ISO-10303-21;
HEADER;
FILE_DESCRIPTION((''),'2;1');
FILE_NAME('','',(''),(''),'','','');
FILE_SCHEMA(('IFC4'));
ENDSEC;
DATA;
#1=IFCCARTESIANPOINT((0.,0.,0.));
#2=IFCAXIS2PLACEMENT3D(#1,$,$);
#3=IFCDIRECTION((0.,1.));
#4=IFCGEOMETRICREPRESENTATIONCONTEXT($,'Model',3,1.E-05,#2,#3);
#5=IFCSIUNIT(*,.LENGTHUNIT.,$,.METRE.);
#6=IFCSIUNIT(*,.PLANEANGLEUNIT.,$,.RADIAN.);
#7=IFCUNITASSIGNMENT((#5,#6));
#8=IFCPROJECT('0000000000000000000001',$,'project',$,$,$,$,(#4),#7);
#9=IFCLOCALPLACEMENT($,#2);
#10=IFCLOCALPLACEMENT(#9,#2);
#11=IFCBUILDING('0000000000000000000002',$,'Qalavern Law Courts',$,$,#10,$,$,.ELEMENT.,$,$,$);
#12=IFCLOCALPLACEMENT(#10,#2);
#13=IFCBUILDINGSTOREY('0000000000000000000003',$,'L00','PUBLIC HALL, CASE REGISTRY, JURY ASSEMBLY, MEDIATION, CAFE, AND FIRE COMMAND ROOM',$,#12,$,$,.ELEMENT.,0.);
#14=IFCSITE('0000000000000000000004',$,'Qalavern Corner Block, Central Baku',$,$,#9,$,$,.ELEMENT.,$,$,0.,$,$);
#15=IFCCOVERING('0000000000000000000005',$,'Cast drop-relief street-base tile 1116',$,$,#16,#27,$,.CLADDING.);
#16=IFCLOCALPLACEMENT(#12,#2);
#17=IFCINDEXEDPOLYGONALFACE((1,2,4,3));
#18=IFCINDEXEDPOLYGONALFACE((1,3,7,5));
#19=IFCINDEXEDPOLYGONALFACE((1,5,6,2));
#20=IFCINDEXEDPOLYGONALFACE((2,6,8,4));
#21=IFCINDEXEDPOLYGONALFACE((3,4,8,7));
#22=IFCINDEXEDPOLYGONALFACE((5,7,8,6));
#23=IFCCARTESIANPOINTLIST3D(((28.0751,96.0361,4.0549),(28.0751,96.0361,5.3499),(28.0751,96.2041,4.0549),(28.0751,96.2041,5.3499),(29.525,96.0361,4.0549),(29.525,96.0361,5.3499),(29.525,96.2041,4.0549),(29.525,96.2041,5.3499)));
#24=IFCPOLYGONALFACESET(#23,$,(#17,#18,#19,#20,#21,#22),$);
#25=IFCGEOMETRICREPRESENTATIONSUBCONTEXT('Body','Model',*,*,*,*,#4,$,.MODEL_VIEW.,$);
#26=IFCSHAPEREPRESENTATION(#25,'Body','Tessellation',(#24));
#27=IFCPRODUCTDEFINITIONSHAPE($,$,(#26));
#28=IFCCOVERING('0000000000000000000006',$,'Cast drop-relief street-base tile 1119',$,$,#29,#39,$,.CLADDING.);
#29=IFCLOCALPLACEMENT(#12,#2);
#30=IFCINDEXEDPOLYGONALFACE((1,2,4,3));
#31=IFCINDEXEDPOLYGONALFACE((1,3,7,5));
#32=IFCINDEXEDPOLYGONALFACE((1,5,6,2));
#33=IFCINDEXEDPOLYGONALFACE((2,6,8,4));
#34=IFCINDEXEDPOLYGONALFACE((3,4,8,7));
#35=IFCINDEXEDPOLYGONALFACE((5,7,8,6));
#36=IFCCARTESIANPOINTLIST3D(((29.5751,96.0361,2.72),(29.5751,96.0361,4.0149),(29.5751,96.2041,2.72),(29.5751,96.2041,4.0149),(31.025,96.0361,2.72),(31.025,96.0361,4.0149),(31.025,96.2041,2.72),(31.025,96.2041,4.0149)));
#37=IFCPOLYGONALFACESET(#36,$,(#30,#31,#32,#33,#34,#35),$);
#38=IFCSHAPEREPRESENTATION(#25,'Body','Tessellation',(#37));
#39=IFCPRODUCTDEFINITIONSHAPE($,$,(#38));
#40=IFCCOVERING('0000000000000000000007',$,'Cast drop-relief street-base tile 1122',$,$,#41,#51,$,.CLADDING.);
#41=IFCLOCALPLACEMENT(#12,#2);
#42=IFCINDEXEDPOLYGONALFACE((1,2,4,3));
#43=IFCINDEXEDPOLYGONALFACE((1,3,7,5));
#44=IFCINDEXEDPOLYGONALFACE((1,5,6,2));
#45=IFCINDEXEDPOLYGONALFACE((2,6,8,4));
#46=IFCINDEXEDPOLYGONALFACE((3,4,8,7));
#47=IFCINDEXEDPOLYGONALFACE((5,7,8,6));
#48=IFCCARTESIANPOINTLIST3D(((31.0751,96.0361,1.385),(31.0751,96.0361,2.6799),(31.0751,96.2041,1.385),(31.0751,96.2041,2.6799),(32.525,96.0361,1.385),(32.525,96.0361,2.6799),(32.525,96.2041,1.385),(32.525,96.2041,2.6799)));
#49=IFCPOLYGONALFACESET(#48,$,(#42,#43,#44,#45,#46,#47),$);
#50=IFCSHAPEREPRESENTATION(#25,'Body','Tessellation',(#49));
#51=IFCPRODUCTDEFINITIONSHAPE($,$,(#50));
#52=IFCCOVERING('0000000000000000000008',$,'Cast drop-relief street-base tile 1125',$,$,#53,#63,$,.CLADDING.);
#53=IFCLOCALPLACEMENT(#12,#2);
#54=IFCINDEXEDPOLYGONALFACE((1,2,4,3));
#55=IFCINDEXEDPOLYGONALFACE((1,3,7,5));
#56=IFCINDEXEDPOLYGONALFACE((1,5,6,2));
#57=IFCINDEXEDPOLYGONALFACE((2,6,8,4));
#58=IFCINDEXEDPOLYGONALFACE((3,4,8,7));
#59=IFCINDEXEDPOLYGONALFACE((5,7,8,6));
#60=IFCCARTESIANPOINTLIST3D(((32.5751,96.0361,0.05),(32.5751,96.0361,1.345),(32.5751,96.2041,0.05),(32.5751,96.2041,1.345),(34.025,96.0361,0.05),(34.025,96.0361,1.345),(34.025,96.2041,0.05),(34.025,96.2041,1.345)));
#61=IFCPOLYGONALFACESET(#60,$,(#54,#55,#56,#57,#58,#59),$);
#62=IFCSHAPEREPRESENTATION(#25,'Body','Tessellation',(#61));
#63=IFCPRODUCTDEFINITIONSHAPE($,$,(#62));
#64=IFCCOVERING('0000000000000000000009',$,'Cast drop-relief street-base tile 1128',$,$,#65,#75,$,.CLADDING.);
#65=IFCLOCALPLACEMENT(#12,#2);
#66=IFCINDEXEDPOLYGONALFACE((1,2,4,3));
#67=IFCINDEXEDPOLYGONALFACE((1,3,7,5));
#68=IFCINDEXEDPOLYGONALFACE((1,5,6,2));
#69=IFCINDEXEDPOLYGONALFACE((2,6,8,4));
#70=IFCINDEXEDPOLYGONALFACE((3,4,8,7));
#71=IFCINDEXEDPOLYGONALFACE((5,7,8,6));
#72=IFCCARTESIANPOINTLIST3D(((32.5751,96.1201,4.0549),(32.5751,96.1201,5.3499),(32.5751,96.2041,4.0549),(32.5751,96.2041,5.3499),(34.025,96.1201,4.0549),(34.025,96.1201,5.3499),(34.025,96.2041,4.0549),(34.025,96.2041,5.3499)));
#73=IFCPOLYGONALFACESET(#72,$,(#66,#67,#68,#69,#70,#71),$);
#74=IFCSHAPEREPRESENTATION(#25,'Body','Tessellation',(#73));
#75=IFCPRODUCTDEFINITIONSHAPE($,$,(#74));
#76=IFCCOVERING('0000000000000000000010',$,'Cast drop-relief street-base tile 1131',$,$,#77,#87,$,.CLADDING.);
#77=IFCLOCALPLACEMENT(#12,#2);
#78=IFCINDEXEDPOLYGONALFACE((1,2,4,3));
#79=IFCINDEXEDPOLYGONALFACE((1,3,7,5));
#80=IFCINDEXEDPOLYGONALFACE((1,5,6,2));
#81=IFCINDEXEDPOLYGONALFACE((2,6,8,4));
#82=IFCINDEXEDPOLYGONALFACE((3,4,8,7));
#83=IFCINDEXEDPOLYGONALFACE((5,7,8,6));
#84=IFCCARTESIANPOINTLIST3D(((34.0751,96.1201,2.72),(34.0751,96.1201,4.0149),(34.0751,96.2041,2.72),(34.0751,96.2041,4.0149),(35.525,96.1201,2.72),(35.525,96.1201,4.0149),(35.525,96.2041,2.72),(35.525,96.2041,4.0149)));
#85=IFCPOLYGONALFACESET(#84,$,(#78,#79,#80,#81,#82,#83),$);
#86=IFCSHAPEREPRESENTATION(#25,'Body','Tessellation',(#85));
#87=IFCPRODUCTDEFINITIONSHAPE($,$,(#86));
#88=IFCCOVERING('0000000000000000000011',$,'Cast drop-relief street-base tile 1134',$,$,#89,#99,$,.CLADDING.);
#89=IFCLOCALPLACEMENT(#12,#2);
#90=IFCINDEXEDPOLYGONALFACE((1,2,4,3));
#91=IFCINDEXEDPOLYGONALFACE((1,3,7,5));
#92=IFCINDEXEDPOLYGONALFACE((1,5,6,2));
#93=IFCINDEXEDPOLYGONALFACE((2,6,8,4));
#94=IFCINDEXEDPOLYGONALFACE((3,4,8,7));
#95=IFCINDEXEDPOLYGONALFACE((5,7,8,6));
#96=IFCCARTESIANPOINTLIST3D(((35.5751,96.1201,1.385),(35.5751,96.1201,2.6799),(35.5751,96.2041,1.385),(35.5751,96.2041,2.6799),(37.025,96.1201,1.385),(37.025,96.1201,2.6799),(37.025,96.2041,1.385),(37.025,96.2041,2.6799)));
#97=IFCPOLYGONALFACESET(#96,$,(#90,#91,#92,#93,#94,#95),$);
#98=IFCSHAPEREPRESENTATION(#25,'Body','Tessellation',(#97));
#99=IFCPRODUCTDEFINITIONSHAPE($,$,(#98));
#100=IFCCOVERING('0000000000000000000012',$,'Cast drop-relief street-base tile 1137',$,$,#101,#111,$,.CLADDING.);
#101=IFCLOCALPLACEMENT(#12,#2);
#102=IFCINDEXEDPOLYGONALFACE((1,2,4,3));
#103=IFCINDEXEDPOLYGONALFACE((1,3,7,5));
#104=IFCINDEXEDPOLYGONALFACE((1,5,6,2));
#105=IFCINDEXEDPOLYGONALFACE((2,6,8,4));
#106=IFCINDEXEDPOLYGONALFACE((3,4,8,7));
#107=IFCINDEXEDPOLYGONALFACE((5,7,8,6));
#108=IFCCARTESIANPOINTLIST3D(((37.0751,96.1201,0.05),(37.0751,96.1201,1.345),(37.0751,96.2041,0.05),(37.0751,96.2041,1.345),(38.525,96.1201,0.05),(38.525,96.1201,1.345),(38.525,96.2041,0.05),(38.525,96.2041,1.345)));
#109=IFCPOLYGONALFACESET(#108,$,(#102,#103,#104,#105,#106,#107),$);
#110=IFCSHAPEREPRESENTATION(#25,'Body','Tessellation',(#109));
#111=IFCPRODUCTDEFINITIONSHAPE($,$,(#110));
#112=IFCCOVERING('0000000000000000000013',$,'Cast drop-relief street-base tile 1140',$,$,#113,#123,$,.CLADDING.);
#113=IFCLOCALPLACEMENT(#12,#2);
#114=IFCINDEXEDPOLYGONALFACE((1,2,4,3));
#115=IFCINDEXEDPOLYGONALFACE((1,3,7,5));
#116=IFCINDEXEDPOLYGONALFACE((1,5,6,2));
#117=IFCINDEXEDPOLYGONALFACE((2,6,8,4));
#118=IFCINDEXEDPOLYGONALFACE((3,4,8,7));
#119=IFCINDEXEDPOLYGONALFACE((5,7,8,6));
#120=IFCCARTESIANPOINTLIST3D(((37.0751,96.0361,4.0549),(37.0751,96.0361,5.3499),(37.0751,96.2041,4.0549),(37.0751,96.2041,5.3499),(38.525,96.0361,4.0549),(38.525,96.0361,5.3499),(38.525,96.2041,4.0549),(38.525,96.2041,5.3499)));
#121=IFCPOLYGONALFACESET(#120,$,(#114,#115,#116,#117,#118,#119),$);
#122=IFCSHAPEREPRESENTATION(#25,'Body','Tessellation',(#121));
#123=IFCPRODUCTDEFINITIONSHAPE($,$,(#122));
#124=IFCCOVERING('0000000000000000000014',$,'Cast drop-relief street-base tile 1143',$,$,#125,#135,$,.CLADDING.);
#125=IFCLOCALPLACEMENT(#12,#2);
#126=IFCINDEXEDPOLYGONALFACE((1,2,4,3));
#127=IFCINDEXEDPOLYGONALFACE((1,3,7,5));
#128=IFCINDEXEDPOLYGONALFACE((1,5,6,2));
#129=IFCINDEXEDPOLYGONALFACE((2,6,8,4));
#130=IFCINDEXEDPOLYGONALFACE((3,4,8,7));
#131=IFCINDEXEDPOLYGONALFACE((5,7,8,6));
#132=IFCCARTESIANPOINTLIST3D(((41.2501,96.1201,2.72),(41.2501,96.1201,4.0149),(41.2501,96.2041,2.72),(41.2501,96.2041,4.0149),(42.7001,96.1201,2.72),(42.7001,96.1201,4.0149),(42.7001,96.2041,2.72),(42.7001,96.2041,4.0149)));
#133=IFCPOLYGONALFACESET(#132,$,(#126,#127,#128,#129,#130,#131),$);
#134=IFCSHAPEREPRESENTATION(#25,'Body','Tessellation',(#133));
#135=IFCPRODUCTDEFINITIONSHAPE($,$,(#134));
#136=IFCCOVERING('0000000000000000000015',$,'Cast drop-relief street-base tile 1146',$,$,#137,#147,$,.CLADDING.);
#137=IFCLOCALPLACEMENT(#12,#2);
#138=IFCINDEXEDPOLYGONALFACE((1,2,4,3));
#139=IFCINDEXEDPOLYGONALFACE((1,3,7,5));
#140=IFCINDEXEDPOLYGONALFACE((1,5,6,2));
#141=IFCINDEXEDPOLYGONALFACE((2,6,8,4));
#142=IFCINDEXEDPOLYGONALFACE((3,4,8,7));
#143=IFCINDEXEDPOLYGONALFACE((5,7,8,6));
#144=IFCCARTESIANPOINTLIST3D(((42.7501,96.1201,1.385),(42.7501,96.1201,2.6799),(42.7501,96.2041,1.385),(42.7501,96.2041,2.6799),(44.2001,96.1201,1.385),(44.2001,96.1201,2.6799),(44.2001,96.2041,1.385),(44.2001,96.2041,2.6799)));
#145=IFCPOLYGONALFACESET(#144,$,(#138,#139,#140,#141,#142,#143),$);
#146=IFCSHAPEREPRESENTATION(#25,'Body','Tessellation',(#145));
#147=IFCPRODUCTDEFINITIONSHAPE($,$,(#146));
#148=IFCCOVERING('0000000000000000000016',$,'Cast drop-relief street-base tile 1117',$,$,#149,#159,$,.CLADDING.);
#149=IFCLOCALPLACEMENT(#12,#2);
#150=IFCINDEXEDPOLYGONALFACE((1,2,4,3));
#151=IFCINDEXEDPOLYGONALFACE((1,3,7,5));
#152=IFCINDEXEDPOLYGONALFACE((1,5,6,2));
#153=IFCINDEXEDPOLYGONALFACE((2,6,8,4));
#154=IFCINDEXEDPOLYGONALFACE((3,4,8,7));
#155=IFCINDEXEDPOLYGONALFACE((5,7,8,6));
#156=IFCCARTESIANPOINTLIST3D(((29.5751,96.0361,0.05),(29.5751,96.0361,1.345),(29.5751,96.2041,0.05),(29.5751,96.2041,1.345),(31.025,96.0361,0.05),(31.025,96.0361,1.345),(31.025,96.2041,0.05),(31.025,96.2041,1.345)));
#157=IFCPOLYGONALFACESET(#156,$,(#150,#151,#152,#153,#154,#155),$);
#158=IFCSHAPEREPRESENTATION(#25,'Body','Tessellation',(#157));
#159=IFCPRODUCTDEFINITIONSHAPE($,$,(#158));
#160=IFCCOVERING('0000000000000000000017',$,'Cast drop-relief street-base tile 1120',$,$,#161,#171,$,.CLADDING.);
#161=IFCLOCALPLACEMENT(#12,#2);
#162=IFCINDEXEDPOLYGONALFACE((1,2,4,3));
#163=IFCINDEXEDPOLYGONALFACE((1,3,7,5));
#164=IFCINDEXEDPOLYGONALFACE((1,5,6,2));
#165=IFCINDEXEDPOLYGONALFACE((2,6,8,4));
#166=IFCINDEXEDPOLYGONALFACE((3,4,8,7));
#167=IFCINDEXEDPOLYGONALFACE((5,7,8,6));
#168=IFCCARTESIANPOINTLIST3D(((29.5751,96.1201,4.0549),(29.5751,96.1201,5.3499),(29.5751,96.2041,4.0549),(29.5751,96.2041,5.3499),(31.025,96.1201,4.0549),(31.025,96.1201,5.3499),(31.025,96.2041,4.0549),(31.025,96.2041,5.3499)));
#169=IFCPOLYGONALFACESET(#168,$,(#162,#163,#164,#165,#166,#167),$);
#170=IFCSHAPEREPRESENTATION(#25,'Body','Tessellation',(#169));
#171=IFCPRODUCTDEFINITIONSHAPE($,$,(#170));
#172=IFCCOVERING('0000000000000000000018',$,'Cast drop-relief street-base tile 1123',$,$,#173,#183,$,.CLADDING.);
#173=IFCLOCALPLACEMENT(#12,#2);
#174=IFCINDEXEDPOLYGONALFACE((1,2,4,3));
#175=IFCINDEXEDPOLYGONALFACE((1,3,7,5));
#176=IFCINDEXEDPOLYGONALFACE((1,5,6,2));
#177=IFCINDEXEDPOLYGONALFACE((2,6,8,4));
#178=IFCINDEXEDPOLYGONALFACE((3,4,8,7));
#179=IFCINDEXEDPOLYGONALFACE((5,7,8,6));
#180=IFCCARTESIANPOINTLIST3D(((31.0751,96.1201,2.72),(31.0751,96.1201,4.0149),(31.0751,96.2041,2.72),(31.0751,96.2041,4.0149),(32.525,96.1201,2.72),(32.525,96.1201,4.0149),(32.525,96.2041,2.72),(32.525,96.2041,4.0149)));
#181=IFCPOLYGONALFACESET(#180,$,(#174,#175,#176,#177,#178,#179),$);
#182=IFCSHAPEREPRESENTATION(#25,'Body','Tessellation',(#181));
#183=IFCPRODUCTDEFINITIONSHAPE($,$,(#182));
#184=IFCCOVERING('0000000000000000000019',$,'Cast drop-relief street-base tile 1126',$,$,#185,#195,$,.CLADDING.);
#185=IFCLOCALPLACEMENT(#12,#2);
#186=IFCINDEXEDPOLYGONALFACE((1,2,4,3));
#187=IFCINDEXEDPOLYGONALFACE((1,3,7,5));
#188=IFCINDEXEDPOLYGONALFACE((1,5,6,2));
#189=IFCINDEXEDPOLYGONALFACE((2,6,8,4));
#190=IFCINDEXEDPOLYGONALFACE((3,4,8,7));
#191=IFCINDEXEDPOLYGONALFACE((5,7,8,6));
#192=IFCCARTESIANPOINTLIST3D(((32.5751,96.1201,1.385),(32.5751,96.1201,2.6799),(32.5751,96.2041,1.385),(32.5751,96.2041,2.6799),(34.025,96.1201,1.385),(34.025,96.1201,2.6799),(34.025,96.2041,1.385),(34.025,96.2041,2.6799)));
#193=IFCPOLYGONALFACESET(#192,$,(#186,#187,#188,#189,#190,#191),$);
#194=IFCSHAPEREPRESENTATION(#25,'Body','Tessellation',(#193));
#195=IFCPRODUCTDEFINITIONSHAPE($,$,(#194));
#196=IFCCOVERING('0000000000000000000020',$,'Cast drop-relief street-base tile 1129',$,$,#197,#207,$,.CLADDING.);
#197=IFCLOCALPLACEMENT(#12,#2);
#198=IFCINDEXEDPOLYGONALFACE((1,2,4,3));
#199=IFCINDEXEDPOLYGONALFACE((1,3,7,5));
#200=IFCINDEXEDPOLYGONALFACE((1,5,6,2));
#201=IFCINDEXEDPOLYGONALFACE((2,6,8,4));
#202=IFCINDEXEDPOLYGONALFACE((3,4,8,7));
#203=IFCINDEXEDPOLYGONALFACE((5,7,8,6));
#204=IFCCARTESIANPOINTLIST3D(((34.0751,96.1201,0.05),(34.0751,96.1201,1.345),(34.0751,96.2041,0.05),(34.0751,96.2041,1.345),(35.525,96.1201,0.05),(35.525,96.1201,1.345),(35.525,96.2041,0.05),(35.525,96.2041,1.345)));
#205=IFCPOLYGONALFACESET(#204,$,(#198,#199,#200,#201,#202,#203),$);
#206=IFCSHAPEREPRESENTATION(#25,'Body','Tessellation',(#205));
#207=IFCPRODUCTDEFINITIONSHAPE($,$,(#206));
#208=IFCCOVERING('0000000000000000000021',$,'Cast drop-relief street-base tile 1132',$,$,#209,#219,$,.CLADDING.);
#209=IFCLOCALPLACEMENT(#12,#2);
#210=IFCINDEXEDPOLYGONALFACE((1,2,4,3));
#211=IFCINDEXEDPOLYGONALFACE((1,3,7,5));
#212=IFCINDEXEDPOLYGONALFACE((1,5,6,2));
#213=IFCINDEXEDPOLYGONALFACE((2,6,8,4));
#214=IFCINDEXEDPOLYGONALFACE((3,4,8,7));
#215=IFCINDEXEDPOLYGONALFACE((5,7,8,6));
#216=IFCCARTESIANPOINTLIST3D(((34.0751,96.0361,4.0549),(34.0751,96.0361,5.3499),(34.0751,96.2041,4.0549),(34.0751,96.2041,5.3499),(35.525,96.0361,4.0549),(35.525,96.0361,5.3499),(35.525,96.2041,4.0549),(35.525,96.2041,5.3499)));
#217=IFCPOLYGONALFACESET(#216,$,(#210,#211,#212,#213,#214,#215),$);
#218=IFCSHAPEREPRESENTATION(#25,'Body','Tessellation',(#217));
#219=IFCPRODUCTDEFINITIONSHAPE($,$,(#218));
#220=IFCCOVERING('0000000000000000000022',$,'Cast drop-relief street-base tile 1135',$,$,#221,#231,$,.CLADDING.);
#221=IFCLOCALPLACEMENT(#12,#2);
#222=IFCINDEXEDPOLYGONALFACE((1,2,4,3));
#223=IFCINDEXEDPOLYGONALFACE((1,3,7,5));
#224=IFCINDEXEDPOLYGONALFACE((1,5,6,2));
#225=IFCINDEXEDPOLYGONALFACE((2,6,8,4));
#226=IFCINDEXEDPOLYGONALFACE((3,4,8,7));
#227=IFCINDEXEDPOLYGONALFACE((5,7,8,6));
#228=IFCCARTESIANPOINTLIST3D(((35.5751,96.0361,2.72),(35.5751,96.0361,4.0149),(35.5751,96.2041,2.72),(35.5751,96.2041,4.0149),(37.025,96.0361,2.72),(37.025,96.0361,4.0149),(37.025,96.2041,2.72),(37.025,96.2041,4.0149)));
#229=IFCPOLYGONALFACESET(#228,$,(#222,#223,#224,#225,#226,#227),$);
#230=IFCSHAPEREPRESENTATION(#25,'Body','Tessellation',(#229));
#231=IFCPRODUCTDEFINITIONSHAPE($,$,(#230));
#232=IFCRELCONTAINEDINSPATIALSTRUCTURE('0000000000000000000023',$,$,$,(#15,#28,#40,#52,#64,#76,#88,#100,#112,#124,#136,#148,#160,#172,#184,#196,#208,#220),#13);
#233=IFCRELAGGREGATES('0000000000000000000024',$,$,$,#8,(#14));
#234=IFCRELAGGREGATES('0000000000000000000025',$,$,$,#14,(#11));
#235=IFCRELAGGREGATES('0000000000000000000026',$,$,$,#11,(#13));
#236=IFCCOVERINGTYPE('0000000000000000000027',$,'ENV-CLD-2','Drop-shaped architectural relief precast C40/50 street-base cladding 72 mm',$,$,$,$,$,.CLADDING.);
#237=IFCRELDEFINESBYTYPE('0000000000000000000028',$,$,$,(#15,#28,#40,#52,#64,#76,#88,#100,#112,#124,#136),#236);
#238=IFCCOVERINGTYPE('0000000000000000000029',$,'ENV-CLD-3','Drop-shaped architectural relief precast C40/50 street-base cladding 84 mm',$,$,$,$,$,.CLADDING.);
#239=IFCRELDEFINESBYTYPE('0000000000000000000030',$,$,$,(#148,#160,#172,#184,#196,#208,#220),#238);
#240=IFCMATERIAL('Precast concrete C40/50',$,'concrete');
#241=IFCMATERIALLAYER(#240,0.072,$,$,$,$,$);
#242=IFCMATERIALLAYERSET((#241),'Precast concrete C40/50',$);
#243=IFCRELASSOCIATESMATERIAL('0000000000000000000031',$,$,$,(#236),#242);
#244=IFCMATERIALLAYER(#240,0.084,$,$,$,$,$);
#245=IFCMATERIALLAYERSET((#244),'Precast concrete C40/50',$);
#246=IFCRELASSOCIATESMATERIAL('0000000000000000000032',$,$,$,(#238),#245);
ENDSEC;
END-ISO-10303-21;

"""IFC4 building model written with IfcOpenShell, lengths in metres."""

from ifc_helpers import new_model, si_unit, direction, frame, origin, origin_2d, place, context, subcontext, project, spatial, rectangle, extrude, material, layer, layer_set, type_object, element, save


model = new_model("IFC4")

# Units and contexts
model_context = context("Model", 3, precision=1e-05, world=origin(), true_north=direction((0.0, 1.0)))
body_context = subcontext(model_context, "Body", "Model", "MODEL_VIEW")
ifc_project = project(units=[si_unit("LENGTHUNIT", "METRE"), si_unit("PLANEANGLEUNIT", "RADIAN")], contexts=[model_context])

# Site, building, storey
site_placement = place(None, origin())
site = spatial("IfcSite", under=ifc_project, at=site_placement, Name="Qalavern Corner Block, Central Baku", CompositionType="ELEMENT", RefElevation=0.0)
building_placement = place(site_placement, origin())
building = spatial("IfcBuilding", under=site, at=building_placement, Name="Qalavern Law Courts", CompositionType="ELEMENT")
storey_placement = place(building_placement, origin())
storey = spatial("IfcBuildingStorey", under=building, at=storey_placement, Name="L00", Description="PUBLIC HALL, CASE REGISTRY, JURY ASSEMBLY, MEDIATION, CAFE, AND FIRE COMMAND ROOM", CompositionType="ELEMENT", Elevation=0.0)

# Coverings
ifc_material_1 = material(Name="Precast concrete C40/50", Category="concrete")
ifc_layer_1 = layer(ifc_material_1, 0.072)
ifc_layer_set_1 = layer_set([ifc_layer_1], Name="Precast concrete C40/50")
covering_type_1 = type_object("IfcCoveringType", Name="ENV-CLD-2", Description="Drop-shaped architectural relief precast C40/50 street-base cladding 72 mm", PredefinedType="CLADDING", material=ifc_layer_set_1)
for number, where, z_axis, x_axis, name in (
    (1, (28.8, 96.1201, 4.0549), (0.0, 0.0, 1.0), (1.0, 0.0, 0.0), "Cast drop-relief street-base tile 1116"),
    (2, (30.3, 96.1201, 2.72), (0.0, 0.0, 1.0), (1.0, 0.0, 0.0), "Cast drop-relief street-base tile 1119"),
    (3, (31.8, 96.1201, 1.385), (0.0, 0.0, 1.0), (1.0, 0.0, 0.0), "Cast drop-relief street-base tile 1122"),
    (4, (33.3, 96.1201, 0.05), (0.0, 0.0, 1.0), (1.0, 0.0, 0.0), "Cast drop-relief street-base tile 1125"),
):
    element("IfcCovering", number, at=place(storey_placement, frame(where, z_axis=z_axis, x_axis=x_axis)), inside=storey, type_object=covering_type_1, Name=name, PredefinedType="CLADDING", context=body_context, shape_type="SweptSolid", body=[
        extrude(rectangle(XDim=1.45, YDim=0.168, at=origin_2d()), origin(), (0.0, 0.0, 1.0), 1.2949),
    ])
for number, where, z_axis, x_axis, name in (
    (5, (33.3, 96.1621, 4.0549), (0.0, 0.0, 1.0), (1.0, 0.0, 0.0), "Cast drop-relief street-base tile 1128"),
    (6, (34.8, 96.1621, 2.72), (0.0, 0.0, 1.0), (1.0, 0.0, 0.0), "Cast drop-relief street-base tile 1131"),
    (7, (36.3, 96.1621, 1.385), (0.0, 0.0, 1.0), (1.0, 0.0, 0.0), "Cast drop-relief street-base tile 1134"),
    (8, (37.8, 96.1621, 0.05), (0.0, 0.0, 1.0), (1.0, 0.0, 0.0), "Cast drop-relief street-base tile 1137"),
):
    element("IfcCovering", number, at=place(storey_placement, frame(where, z_axis=z_axis, x_axis=x_axis)), inside=storey, type_object=covering_type_1, Name=name, PredefinedType="CLADDING", context=body_context, shape_type="SweptSolid", body=[
        extrude(rectangle(XDim=1.45, YDim=0.084, at=origin_2d()), origin(), (0.0, 0.0, 1.0), 1.2949),
    ])
covering_1_placement = place(storey_placement, frame((37.8, 96.1201, 4.0549), z_axis=(0.0, 0.0, 1.0), x_axis=(1.0, 0.0, 0.0)))
element("IfcCovering", 9, at=covering_1_placement, inside=storey, type_object=covering_type_1, Name="Cast drop-relief street-base tile 1140", PredefinedType="CLADDING", context=body_context, shape_type="SweptSolid", body=[
    extrude(rectangle(XDim=1.45, YDim=0.168, at=origin_2d()), origin(), (0.0, 0.0, 1.0), 1.2949),
])
for number, where, z_axis, x_axis, name in (
    (10, (41.9751, 96.1621, 2.72), (0.0, 0.0, 1.0), (1.0, 0.0, 0.0), "Cast drop-relief street-base tile 1143"),
    (11, (43.4751, 96.1621, 1.385), (0.0, 0.0, 1.0), (1.0, 0.0, 0.0), "Cast drop-relief street-base tile 1146"),
):
    element("IfcCovering", number, at=place(storey_placement, frame(where, z_axis=z_axis, x_axis=x_axis)), inside=storey, type_object=covering_type_1, Name=name, PredefinedType="CLADDING", context=body_context, shape_type="SweptSolid", body=[
        extrude(rectangle(XDim=1.45, YDim=0.084, at=origin_2d()), origin(), (0.0, 0.0, 1.0), 1.2949),
    ])
ifc_layer_2 = layer(ifc_material_1, 0.084)
ifc_layer_set_2 = layer_set([ifc_layer_2], Name="Precast concrete C40/50")
covering_type_2 = type_object("IfcCoveringType", Name="ENV-CLD-3", Description="Drop-shaped architectural relief precast C40/50 street-base cladding 84 mm", PredefinedType="CLADDING", material=ifc_layer_set_2)
covering_2_placement = place(storey_placement, frame((30.3, 96.1201, 0.05), z_axis=(0.0, 0.0, 1.0), x_axis=(1.0, 0.0, 0.0)))
element("IfcCovering", 12, at=covering_2_placement, inside=storey, type_object=covering_type_2, Name="Cast drop-relief street-base tile 1117", PredefinedType="CLADDING", context=body_context, shape_type="SweptSolid", body=[
    extrude(rectangle(XDim=1.45, YDim=0.168, at=origin_2d()), origin(), (0.0, 0.0, 1.0), 1.2949),
])
for number, where, z_axis, x_axis, name in (
    (13, (30.3, 96.1621, 4.0549), (0.0, 0.0, 1.0), (1.0, 0.0, 0.0), "Cast drop-relief street-base tile 1120"),
    (14, (31.8, 96.1621, 2.72), (0.0, 0.0, 1.0), (1.0, 0.0, 0.0), "Cast drop-relief street-base tile 1123"),
    (15, (33.3, 96.1621, 1.385), (0.0, 0.0, 1.0), (1.0, 0.0, 0.0), "Cast drop-relief street-base tile 1126"),
    (16, (34.8, 96.1621, 0.05), (0.0, 0.0, 1.0), (1.0, 0.0, 0.0), "Cast drop-relief street-base tile 1129"),
):
    element("IfcCovering", number, at=place(storey_placement, frame(where, z_axis=z_axis, x_axis=x_axis)), inside=storey, type_object=covering_type_2, Name=name, PredefinedType="CLADDING", context=body_context, shape_type="SweptSolid", body=[
        extrude(rectangle(XDim=1.45, YDim=0.084, at=origin_2d()), origin(), (0.0, 0.0, 1.0), 1.2949),
    ])
for number, where, z_axis, x_axis, name in (
    (17, (34.8, 96.1201, 4.0549), (0.0, 0.0, 1.0), (1.0, 0.0, 0.0), "Cast drop-relief street-base tile 1132"),
    (18, (36.3, 96.1201, 2.72), (0.0, 0.0, 1.0), (1.0, 0.0, 0.0), "Cast drop-relief street-base tile 1135"),
):
    element("IfcCovering", number, at=place(storey_placement, frame(where, z_axis=z_axis, x_axis=x_axis)), inside=storey, type_object=covering_type_2, Name=name, PredefinedType="CLADDING", context=body_context, shape_type="SweptSolid", body=[
        extrude(rectangle(XDim=1.45, YDim=0.168, at=origin_2d()), origin(), (0.0, 0.0, 1.0), 1.2949),
    ])

save(model, "model.ifc")
